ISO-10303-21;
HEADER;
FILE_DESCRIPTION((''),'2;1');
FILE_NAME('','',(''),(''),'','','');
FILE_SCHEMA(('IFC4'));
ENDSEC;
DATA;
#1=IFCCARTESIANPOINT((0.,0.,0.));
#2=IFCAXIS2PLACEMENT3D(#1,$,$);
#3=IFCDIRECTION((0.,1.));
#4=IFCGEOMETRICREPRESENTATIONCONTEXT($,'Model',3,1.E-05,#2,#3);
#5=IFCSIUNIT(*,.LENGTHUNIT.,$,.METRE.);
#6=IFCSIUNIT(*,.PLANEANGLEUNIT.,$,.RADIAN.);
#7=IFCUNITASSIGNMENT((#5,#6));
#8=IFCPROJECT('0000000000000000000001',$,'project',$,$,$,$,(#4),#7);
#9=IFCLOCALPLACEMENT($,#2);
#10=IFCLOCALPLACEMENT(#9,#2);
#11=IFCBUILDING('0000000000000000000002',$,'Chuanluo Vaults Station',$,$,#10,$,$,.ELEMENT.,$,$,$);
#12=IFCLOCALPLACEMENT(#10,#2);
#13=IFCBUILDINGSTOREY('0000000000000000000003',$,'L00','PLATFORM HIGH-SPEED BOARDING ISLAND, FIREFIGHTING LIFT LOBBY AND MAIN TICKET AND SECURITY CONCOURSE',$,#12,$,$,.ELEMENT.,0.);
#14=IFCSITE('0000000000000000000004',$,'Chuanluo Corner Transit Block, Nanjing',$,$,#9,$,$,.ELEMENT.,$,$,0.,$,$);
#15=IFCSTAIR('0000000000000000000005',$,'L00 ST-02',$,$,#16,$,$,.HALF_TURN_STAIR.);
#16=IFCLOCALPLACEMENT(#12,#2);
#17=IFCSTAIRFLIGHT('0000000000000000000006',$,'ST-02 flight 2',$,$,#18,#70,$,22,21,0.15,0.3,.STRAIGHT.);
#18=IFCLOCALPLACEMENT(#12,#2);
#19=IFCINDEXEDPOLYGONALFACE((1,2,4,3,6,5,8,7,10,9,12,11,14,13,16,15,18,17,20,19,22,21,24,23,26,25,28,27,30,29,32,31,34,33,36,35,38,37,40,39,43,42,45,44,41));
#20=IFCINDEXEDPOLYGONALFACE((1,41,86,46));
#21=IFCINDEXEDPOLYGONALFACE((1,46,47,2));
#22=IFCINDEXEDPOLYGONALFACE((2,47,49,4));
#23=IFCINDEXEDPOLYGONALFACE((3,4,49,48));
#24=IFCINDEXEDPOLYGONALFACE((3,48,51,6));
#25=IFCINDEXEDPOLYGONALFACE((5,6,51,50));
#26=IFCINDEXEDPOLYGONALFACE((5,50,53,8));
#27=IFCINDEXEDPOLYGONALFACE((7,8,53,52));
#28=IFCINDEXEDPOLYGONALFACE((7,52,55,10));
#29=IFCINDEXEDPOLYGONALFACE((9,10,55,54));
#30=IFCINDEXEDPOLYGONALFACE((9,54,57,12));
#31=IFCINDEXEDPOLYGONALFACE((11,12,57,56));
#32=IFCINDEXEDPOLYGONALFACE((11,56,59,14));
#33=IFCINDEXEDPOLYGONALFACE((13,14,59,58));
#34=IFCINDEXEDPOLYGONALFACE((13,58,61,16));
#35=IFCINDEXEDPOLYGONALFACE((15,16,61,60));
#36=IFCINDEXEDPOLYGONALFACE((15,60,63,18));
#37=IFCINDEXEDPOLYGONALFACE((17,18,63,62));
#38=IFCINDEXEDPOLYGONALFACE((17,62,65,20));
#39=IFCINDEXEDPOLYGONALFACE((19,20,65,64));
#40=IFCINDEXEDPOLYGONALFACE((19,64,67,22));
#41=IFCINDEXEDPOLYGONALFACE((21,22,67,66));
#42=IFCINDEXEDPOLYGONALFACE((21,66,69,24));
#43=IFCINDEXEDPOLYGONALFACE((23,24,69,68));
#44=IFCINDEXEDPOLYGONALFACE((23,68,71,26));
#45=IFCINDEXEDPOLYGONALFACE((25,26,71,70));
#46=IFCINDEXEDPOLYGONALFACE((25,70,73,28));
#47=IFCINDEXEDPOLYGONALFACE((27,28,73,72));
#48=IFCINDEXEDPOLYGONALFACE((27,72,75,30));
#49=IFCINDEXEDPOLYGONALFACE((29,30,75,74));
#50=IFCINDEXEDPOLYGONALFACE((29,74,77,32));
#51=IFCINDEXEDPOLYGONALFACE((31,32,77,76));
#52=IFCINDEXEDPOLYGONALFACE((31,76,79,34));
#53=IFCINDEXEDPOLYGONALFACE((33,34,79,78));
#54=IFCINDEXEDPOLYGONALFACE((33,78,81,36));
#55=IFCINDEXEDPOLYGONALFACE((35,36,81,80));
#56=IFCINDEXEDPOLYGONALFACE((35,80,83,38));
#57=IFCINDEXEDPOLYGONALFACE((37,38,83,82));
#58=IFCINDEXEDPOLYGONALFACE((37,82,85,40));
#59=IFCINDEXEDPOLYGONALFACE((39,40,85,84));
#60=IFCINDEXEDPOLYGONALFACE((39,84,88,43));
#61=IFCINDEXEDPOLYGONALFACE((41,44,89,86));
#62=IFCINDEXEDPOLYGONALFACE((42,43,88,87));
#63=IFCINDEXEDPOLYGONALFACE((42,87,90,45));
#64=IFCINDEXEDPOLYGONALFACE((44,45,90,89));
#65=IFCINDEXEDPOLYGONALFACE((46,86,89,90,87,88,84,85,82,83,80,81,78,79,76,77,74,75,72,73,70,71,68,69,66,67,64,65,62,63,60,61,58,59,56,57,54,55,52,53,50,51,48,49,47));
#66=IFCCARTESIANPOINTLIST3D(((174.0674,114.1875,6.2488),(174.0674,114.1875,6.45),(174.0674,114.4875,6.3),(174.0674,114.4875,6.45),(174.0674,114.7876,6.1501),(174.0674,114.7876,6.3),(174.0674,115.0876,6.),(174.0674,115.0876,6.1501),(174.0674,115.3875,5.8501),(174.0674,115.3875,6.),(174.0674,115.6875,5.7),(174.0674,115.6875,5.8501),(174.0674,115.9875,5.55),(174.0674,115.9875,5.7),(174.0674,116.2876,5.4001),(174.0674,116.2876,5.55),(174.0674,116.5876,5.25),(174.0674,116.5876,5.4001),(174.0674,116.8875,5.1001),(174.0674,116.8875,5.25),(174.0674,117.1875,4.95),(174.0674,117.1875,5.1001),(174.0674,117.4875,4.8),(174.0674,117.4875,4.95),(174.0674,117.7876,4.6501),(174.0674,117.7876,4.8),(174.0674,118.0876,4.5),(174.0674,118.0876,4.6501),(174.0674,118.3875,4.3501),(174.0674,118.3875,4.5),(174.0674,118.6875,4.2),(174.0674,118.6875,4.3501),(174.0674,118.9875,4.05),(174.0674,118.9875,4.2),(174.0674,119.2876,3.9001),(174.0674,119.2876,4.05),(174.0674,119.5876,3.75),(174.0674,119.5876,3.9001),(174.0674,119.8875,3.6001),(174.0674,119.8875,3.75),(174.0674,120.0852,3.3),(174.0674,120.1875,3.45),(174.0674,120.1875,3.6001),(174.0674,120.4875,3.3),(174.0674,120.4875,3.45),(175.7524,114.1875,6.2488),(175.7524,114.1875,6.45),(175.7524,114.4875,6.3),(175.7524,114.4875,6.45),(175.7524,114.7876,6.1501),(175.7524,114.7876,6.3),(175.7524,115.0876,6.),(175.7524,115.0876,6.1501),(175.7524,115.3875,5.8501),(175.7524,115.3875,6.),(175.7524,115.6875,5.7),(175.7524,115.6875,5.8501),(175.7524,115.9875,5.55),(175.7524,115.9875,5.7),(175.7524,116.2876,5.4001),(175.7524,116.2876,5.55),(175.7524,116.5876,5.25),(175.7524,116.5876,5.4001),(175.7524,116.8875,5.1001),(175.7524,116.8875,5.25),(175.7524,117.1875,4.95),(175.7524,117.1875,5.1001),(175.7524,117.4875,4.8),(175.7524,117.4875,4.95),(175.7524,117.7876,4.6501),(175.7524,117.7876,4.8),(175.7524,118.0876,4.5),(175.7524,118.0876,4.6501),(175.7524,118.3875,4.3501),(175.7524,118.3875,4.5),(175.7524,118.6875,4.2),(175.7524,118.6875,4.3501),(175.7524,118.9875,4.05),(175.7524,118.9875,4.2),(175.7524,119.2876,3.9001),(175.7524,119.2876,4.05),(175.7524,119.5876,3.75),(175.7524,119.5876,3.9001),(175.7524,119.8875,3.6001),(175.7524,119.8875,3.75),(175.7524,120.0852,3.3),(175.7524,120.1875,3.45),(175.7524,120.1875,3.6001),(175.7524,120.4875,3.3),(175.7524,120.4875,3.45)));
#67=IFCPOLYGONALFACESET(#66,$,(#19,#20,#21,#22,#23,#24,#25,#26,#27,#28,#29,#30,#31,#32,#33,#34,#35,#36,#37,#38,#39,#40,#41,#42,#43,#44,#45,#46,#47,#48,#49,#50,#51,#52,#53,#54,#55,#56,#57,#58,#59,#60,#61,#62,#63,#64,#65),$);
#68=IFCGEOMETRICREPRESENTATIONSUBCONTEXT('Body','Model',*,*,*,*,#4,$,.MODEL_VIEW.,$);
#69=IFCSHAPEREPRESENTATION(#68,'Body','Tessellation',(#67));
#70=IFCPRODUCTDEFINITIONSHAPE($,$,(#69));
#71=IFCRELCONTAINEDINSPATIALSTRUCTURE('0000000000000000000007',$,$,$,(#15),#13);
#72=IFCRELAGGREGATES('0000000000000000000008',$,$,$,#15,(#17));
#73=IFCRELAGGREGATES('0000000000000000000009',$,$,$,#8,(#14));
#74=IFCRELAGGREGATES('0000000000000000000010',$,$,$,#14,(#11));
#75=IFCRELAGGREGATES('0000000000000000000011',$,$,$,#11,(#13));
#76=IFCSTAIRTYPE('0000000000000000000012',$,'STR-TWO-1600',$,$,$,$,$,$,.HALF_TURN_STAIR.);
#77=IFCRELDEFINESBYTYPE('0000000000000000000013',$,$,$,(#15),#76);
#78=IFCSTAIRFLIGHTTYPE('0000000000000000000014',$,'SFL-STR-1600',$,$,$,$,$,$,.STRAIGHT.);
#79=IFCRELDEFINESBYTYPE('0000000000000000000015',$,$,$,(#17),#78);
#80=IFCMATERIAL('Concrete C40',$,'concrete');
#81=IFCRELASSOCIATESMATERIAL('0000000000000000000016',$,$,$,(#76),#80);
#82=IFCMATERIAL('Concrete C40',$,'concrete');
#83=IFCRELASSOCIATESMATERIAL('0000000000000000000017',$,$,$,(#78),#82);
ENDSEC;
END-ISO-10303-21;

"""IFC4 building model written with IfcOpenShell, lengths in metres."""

from ifc_helpers import new_model, si_unit, direction, frame, origin, place, context, subcontext, project, spatial, polyline, outline, extrude, material, type_object, element, aggregate, save


model = new_model("IFC4")

# Units and contexts
model_context = context("Model", 3, precision=1e-05, world=origin(), true_north=direction((0.0, 1.0)))
body_context = subcontext(model_context, "Body", "Model", "MODEL_VIEW")
ifc_project = project(units=[si_unit("LENGTHUNIT", "METRE"), si_unit("PLANEANGLEUNIT", "RADIAN")], contexts=[model_context])

# Site, building, storey
site_placement = place(None, origin())
site = spatial("IfcSite", under=ifc_project, at=site_placement, Name="Chuanluo Corner Transit Block, Nanjing", CompositionType="ELEMENT", RefElevation=0.0)
building_placement = place(site_placement, origin())
building = spatial("IfcBuilding", under=site, at=building_placement, Name="Chuanluo Vaults Station", CompositionType="ELEMENT")
storey_placement = place(building_placement, origin())
storey = spatial("IfcBuildingStorey", under=building, at=storey_placement, Name="L00", Description="PLATFORM HIGH-SPEED BOARDING ISLAND, FIREFIGHTING LIFT LOBBY AND MAIN TICKET AND SECURITY CONCOURSE", CompositionType="ELEMENT", Elevation=0.0)

# Stair, stair flight
ifc_material_1 = material(Name="Concrete C40", Category="concrete")
stair_type = type_object("IfcStairType", Name="STR-TWO-1600", PredefinedType="HALF_TURN_STAIR", material=ifc_material_1)
stair_placement = place(storey_placement, origin())
stair = element("IfcStair", 1, at=stair_placement, inside=storey, type_object=stair_type, Name="L00 ST-02", PredefinedType="HALF_TURN_STAIR")
ifc_material_2 = material(Name="Concrete C40", Category="concrete")
stair_flight_type = type_object("IfcStairFlightType", Name="SFL-STR-1600", PredefinedType="STRAIGHT", material=ifc_material_2)
stair_flight_1_placement = place(storey_placement, frame((174.9099, 120.4875, 3.3), z_axis=(0.0, 0.0, 1.0), x_axis=(0.0, -1.0, 0.0)))
stair_flight_1 = element("IfcStairFlight", 2, at=stair_flight_1_placement, type_object=stair_flight_type, Name="ST-02 flight 2", NumberOfRisers=22, NumberOfTreads=21, PredefinedType="STRAIGHT", RiserHeight=0.15, TreadLength=0.3, context=body_context, shape_type="SweptSolid", body=[
    extrude(outline(polyline([(0.0, 0.0), (0.0, 0.1499), (0.3, 0.1499), (0.3, 0.3), (0.6001, 0.3), (0.6001, 0.45), (0.8999, 0.45), (0.8999, 0.6001), (1.2, 0.6001), (1.2, 0.75), (1.5, 0.75), (1.5, 0.8999), (1.8, 0.8999), (1.8, 1.05), (2.1001, 1.05), (2.1001, 1.2), (2.3999, 1.2), (2.3999, 1.3501), (2.7, 1.3501), (2.7, 1.5), (3.0, 1.5), (3.0, 1.6499), (3.3, 1.6499), (3.3, 1.8), (3.6001, 1.8), (3.6001, 1.95), (3.8999, 1.95), (3.8999, 2.1001), (4.2, 2.1001), (4.2, 2.25), (4.5, 2.25), (4.5, 2.3999), (4.8, 2.3999), (4.8, 2.55), (5.1001, 2.55), (5.1001, 2.7), (5.3999, 2.7), (5.3999, 2.8501), (5.7, 2.8501), (5.7, 3.0), (6.0, 3.0), (6.0, 3.1499), (6.3, 3.1499), (6.3, 3.3), (6.3, 2.9487), (0.4023, 0.0), (0.0, 0.0)])), frame((0.0, 0.8425, 0.0), z_axis=(0.0, -1.0, 0.0), x_axis=(1.0, 0.0, 0.0)), (0.0, 0.0, 1.0), 1.6851),
])
aggregate(stair, [stair_flight_1])

save(model, "model.ifc")
